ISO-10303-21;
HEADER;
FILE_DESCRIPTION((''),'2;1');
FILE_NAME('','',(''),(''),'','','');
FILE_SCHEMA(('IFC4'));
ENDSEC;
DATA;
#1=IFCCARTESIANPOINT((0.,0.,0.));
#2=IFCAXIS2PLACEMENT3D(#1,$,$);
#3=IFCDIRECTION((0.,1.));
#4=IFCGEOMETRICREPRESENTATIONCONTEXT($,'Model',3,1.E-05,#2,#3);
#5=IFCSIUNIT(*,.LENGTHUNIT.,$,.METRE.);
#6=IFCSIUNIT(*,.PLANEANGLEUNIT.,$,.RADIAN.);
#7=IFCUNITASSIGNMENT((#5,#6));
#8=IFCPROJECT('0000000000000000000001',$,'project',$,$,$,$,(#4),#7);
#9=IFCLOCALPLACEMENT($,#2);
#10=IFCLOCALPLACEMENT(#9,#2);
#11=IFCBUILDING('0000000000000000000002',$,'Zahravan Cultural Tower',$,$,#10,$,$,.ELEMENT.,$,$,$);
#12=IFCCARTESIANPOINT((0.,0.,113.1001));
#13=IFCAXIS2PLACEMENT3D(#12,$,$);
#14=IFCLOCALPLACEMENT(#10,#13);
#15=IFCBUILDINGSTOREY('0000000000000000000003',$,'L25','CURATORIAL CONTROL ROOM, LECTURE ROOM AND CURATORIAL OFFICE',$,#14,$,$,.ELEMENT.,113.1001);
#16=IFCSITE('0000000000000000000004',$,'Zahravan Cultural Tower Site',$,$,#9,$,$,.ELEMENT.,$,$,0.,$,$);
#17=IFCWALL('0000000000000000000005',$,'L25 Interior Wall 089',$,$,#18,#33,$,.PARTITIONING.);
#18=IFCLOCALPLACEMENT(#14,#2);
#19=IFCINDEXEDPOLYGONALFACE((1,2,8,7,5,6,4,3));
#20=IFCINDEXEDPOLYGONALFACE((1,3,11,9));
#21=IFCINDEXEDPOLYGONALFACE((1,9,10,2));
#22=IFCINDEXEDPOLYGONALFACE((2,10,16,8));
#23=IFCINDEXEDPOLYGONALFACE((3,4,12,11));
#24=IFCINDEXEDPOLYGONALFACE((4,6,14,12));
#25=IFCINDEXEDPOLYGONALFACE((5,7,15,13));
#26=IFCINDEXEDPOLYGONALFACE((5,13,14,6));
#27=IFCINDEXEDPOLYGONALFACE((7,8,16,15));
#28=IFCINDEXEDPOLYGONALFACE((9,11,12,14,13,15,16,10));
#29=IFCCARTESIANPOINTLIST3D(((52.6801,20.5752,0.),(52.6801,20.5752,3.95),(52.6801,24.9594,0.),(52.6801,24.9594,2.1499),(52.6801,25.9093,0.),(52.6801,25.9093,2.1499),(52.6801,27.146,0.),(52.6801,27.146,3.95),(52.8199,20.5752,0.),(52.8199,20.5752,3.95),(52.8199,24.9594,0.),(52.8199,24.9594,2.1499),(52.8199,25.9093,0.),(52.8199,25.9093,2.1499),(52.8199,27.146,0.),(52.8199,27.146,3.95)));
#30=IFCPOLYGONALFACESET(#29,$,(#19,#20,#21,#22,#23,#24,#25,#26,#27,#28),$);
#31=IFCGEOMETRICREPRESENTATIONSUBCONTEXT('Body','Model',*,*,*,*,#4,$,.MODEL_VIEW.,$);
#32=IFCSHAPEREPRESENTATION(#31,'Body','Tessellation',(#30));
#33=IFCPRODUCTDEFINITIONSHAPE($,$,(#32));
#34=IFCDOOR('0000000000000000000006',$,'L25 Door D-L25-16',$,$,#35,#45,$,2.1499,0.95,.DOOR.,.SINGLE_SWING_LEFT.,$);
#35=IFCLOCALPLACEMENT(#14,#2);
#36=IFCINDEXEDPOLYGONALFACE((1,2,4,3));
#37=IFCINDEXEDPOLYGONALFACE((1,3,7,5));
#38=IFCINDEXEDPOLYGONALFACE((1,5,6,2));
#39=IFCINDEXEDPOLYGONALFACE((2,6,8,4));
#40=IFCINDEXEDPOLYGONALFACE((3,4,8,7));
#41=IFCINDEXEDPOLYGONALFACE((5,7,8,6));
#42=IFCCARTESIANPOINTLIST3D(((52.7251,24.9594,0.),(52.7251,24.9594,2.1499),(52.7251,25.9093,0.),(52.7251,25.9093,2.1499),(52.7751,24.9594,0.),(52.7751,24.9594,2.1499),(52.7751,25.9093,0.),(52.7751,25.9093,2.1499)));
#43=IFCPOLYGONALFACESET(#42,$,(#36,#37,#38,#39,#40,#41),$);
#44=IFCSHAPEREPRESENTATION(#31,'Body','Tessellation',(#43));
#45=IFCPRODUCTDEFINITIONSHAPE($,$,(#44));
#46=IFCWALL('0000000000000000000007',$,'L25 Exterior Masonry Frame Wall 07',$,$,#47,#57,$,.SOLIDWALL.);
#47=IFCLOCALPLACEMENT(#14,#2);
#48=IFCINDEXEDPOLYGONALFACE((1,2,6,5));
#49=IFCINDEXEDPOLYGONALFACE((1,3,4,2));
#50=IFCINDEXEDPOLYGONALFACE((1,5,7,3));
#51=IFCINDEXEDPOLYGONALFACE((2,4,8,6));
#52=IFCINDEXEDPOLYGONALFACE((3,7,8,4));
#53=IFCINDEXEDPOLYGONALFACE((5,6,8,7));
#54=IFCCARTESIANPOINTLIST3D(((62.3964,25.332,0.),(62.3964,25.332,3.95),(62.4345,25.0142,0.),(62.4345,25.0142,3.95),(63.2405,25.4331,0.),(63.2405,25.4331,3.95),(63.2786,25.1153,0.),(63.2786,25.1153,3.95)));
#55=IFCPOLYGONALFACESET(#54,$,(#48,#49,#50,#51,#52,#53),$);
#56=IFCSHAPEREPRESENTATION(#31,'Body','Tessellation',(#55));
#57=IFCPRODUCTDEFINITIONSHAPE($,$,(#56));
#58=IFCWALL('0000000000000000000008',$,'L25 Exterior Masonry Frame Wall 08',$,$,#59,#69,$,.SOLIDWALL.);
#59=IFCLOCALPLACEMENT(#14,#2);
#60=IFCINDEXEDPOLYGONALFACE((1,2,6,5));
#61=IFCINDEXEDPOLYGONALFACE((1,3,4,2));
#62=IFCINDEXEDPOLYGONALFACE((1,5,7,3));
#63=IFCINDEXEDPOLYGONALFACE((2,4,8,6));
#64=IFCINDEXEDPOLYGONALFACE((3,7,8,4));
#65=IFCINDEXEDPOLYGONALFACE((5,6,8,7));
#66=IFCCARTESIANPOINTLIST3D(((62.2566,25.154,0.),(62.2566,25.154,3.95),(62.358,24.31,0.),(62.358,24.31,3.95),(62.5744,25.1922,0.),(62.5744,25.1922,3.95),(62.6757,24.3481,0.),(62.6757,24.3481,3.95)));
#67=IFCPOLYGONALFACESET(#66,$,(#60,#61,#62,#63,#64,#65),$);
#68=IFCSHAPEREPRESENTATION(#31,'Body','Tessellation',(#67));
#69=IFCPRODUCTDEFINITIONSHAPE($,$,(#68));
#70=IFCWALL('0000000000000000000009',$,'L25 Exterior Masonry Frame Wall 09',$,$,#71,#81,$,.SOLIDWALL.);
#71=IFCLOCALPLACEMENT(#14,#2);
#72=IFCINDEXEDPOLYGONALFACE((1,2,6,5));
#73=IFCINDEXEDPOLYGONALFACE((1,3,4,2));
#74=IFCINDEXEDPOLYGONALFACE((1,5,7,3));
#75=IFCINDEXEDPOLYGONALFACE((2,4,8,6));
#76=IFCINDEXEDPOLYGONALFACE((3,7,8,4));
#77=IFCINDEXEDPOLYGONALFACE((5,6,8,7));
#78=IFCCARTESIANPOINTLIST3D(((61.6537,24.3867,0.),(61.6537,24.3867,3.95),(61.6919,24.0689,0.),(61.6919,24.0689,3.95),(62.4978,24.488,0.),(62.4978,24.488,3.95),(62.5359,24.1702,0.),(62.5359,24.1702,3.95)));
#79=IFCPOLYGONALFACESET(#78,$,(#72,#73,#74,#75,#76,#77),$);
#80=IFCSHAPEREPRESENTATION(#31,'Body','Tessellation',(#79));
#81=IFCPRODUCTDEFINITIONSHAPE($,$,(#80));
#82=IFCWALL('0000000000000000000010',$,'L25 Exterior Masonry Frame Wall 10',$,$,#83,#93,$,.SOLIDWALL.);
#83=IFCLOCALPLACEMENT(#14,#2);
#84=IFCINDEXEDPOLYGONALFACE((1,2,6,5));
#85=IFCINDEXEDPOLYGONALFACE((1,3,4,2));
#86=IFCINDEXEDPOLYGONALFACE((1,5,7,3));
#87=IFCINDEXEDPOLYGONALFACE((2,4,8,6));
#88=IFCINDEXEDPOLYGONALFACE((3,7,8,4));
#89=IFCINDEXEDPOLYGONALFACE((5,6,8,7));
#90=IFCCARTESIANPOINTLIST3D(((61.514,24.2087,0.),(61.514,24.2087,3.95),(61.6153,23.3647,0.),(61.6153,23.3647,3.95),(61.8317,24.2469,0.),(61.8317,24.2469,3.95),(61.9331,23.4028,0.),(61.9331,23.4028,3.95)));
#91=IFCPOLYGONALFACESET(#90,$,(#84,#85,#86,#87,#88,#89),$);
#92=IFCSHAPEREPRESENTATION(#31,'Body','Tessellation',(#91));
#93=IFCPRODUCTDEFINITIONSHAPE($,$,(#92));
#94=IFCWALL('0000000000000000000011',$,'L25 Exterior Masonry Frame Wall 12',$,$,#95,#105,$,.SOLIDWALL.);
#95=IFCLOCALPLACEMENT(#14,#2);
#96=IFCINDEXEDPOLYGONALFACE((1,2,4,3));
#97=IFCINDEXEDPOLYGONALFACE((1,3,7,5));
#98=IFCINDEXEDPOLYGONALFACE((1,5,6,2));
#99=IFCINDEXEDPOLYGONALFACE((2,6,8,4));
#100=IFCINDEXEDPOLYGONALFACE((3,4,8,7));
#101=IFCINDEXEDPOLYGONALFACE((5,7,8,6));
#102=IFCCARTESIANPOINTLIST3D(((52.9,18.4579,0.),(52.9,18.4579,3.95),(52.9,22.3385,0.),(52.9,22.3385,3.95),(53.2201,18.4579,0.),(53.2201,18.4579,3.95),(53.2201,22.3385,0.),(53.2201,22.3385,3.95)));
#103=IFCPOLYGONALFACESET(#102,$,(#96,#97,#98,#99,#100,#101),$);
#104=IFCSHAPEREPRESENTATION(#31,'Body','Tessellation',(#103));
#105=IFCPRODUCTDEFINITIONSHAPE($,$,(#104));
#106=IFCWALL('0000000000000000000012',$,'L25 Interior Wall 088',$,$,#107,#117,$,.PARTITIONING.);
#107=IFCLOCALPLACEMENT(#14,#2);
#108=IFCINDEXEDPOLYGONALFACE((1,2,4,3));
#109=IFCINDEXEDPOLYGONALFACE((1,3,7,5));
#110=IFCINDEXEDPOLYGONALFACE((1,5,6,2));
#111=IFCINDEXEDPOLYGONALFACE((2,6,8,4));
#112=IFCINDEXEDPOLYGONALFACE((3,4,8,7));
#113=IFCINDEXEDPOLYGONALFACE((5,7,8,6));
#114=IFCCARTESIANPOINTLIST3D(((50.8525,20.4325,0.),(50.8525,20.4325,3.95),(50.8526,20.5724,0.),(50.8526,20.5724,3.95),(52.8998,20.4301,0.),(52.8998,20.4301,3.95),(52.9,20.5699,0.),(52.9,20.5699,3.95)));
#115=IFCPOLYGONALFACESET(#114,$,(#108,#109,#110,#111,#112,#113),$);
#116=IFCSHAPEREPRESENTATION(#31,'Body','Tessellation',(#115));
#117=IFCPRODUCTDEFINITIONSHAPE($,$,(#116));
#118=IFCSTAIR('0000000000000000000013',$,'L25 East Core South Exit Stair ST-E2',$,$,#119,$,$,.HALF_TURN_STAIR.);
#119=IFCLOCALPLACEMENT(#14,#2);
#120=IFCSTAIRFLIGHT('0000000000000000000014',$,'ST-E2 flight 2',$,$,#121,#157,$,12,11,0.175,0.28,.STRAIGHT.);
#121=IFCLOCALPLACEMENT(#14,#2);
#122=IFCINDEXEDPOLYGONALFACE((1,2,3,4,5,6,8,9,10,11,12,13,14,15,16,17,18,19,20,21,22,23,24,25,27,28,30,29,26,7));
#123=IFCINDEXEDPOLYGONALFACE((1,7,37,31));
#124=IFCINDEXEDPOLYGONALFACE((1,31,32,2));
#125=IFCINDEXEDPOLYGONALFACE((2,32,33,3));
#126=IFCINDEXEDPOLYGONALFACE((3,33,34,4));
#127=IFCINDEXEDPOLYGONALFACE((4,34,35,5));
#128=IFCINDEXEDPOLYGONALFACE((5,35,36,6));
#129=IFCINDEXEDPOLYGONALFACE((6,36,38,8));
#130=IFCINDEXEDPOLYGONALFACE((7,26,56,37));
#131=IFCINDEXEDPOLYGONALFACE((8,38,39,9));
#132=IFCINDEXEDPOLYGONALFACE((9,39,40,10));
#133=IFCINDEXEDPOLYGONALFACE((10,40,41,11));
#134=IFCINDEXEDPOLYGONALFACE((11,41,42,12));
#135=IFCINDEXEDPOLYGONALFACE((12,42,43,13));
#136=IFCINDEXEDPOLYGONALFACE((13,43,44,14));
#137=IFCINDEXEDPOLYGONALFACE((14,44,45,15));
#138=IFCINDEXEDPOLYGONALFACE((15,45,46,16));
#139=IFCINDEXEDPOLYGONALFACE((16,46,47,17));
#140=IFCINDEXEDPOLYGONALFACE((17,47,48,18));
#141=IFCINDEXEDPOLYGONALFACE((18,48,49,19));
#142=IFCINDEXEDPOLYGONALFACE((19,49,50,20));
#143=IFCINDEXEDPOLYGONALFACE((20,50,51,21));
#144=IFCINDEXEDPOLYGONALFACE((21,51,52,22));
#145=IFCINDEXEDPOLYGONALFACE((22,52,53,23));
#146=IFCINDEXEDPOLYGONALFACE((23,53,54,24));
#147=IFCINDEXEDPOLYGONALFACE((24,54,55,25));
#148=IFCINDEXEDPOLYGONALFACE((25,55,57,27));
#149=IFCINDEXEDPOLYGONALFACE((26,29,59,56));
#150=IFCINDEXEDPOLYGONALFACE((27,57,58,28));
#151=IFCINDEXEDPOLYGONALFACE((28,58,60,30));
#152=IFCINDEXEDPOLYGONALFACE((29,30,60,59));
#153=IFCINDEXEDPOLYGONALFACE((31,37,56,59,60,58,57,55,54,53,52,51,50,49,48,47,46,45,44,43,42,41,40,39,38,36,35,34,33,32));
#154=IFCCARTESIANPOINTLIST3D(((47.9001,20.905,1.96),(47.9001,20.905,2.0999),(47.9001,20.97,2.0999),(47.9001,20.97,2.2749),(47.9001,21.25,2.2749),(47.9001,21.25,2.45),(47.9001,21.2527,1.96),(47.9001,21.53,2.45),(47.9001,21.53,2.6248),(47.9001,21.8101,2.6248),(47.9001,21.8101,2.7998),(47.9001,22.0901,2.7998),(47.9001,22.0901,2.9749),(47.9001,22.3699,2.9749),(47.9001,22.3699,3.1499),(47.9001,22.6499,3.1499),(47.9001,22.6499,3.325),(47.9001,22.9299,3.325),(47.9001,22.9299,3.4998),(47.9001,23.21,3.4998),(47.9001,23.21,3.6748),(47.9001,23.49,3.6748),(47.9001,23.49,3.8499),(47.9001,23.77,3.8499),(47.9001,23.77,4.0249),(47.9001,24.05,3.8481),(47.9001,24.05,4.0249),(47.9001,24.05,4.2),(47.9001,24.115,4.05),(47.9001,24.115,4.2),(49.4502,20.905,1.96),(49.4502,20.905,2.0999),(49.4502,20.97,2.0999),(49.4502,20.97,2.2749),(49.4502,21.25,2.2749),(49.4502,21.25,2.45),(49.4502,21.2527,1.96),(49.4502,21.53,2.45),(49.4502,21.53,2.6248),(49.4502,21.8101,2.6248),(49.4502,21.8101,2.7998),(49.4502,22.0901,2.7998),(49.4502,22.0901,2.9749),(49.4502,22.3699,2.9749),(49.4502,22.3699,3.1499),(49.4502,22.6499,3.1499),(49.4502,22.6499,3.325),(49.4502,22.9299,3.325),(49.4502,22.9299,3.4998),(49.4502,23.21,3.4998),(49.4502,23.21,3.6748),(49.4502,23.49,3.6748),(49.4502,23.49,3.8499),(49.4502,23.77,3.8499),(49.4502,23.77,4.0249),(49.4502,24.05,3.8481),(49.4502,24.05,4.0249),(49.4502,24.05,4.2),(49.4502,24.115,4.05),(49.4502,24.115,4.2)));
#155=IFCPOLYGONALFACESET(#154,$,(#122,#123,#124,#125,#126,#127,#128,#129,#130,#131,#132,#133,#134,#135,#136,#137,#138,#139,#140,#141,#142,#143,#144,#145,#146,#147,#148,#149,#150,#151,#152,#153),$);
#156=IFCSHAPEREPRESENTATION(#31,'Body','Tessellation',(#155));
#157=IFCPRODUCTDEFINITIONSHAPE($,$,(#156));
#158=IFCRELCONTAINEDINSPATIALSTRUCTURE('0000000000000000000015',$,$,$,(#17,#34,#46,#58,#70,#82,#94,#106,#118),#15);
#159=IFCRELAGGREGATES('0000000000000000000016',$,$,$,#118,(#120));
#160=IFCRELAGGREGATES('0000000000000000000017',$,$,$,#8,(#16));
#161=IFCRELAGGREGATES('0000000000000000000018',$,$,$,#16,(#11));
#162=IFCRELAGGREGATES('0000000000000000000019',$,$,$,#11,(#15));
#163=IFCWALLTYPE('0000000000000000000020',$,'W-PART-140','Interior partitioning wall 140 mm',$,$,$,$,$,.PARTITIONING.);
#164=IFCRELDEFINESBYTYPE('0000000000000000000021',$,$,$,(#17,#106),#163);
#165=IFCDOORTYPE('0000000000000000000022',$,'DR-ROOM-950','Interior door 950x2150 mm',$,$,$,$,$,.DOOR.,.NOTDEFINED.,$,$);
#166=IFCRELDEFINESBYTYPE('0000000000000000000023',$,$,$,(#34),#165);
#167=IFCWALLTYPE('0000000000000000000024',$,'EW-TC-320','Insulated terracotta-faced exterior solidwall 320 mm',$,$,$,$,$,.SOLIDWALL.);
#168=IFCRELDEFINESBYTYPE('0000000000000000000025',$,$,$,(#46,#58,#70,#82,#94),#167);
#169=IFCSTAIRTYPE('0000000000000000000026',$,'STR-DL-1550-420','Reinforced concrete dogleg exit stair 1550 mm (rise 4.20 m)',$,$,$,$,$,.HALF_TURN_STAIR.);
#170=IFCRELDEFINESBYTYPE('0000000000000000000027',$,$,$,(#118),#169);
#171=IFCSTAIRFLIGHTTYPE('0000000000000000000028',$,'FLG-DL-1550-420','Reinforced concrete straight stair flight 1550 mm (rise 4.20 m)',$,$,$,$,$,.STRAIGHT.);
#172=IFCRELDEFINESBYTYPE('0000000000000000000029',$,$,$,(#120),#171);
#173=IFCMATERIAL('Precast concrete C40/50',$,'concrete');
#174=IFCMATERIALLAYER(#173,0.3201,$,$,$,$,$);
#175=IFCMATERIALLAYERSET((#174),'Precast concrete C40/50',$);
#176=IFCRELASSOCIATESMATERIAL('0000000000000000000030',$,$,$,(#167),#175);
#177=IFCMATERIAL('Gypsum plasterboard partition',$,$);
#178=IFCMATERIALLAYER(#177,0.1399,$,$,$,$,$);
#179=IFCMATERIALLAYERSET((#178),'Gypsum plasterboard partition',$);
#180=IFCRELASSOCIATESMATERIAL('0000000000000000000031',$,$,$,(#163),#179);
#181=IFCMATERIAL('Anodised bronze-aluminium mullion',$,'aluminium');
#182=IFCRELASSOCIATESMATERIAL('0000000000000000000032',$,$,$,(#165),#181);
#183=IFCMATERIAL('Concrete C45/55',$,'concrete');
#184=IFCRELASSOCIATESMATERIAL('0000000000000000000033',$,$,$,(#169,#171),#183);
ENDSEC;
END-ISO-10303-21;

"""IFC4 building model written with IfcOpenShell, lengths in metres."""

from ifc_helpers import new_model, si_unit, direction, frame, frame_2d, origin, place, context, subcontext, project, spatial, polyline, rectangle, outline, extrude, source, transform, mapped, material, layer, layer_set, type_object, element, fill, aggregate, save


model = new_model("IFC4")

# Units and contexts
model_context = context("Model", 3, precision=1e-05, world=origin(), true_north=direction((0.0, 1.0)))
body_context = subcontext(model_context, "Body", "Model", "MODEL_VIEW")
ifc_project = project(units=[si_unit("LENGTHUNIT", "METRE"), si_unit("PLANEANGLEUNIT", "RADIAN")], contexts=[model_context])

# Site, building, storey
site_placement = place(None, origin())
site = spatial("IfcSite", under=ifc_project, at=site_placement, Name="Zahravan Cultural Tower Site", CompositionType="ELEMENT", RefElevation=0.0)
building_placement = place(site_placement, origin())
building = spatial("IfcBuilding", under=site, at=building_placement, Name="Zahravan Cultural Tower", CompositionType="ELEMENT")
storey_placement = place(building_placement, frame((0.0, 0.0, 113.1001)))
storey = spatial("IfcBuildingStorey", under=building, at=storey_placement, Name="L25", Description="CURATORIAL CONTROL ROOM, LECTURE ROOM AND CURATORIAL OFFICE", CompositionType="ELEMENT", Elevation=113.1001)

# Shared definitions
ifc_material_1 = material(Name="Precast concrete C40/50", Category="concrete")
ifc_layer_1 = layer(ifc_material_1, 0.3201)
ifc_layer_set_1 = layer_set([ifc_layer_1], Name="Precast concrete C40/50")
wall_type_1 = type_object("IfcWallType", Name="EW-TC-320", Description="Insulated terracotta-faced exterior solidwall 320 mm", PredefinedType="SOLIDWALL", material=ifc_layer_set_1)

# Wall, opening, door
ifc_material_2 = material(Name="Gypsum plasterboard partition")
ifc_layer_2 = layer(ifc_material_2, 0.1399)
ifc_layer_set_2 = layer_set([ifc_layer_2], Name="Gypsum plasterboard partition")
wall_type_2 = type_object("IfcWallType", Name="W-PART-140", Description="Interior partitioning wall 140 mm", PredefinedType="PARTITIONING", material=ifc_layer_set_2)
ifc_material_3 = material(Name="Anodised bronze-aluminium mullion", Category="aluminium")
door_type = type_object("IfcDoorType", Name="DR-ROOM-950", Description="Interior door 950x2150 mm", OperationType="NOTDEFINED", PredefinedType="DOOR", material=ifc_material_3)
shared_shape_1 = source(origin(), body_context, "Body", "SweptSolid", [
    extrude(rectangle(XDim=0.95, YDim=2.1499, at=frame_2d((0.4751, 1.075))), frame((0.0, 0.0249, 0.0), z_axis=(0.0, -1.0, 0.0), x_axis=(1.0, 0.0, 0.0)), (0.0, 0.0, 1.0), 0.05),
])
wall_1_placement = place(storey_placement, frame((52.75, 20.5752, 0.0), z_axis=(0.0, 0.0, 1.0), x_axis=(0.0, 1.0, 0.0)))
wall_1 = element("IfcWall", 1, at=wall_1_placement, inside=storey, type_object=wall_type_2, Name="L25 Interior Wall 089", PredefinedType="PARTITIONING", context=body_context, shape_type="SweptSolid", body=[
    extrude(rectangle(XDim=6.5708, YDim=0.1399, at=frame_2d((3.2854, 0.0))), origin(), (0.0, 0.0, 1.0), 3.95),
])
opening_1_placement = place(wall_1_placement, frame((4.384, 0.0, 0.0)))
opening_1 = element("IfcOpeningElement", 2, at=opening_1_placement, cuts=wall_1, PredefinedType="OPENING", context=body_context, shape_type="SweptSolid", body=[
    extrude(rectangle(XDim=0.95, YDim=2.1499, at=frame_2d((0.4751, 1.075))), frame((0.0, 0.0798, 0.0), z_axis=(0.0, -1.0, 0.0), x_axis=(1.0, 0.0, 0.0)), (0.0, 0.0, 1.0), 0.1599),
])
door_1_placement = place(opening_1_placement, origin())
door_1 = element("IfcDoor", 3, at=door_1_placement, inside=storey, type_object=door_type, Name="L25 Door D-L25-16", OperationType="SINGLE_SWING_LEFT", OverallHeight=2.1499, OverallWidth=0.95, PredefinedType="DOOR", context=body_context, shape_type="MappedRepresentation", body=[
    mapped(shared_shape_1, transform((0.0, 0.0, 0.0), x_axis=(1.0, 0.0, 0.0), y_axis=(0.0, 1.0, 0.0), z_axis=(0.0, 0.0, 1.0), scale=1.0)),
])
fill(opening_1, door_1)

# Walls
shared_shape_2 = source(origin(), body_context, "Body", "SweptSolid", [
    extrude(rectangle(XDim=0.8501, YDim=0.3201, at=frame_2d((0.425, 0.0))), origin(), (0.0, 0.0, 1.0), 3.95),
])
for number, where, z_axis, x_axis, name in (
    (4, (63.2595, 25.2742, 0.0), (0.0, 0.0, 1.0), (-0.992905, -0.118907, 0.0), "L25 Exterior Masonry Frame Wall 07"),
    (5, (62.4155, 25.1731, 0.0), (0.0, 0.0, 1.0), (0.119191, -0.992871, 0.0), "L25 Exterior Masonry Frame Wall 08"),
    (6, (62.5168, 24.3291, 0.0), (0.0, 0.0, 1.0), (-0.992871, -0.119191, 0.0), "L25 Exterior Masonry Frame Wall 09"),
    (7, (61.6729, 24.2278, 0.0), (0.0, 0.0, 1.0), (0.119191, -0.992871, 0.0), "L25 Exterior Masonry Frame Wall 10"),
):
    element("IfcWall", number, at=place(storey_placement, frame(where, z_axis=z_axis, x_axis=x_axis)), inside=storey, type_object=wall_type_1, Name=name, PredefinedType="SOLIDWALL", context=body_context, shape_type="MappedRepresentation", body=[
        mapped(shared_shape_2, transform((0.0, 0.0, 0.0), x_axis=(1.0, 0.0, 0.0), y_axis=(0.0, 1.0, 0.0), z_axis=(0.0, 0.0, 1.0), scale=1.0)),
    ])
shared_shape_3 = source(origin(), body_context, "Body", "SweptSolid", [
    extrude(rectangle(XDim=3.8806, YDim=0.3201, at=frame_2d((1.9404, 0.0))), origin(), (0.0, 0.0, 1.0), 3.95),
])
wall_2_placement = place(storey_placement, frame((53.0601, 22.3386, 0.0), z_axis=(0.0, 0.0, 1.0), x_axis=(0.0, -1.0, 0.0)))
element("IfcWall", 8, at=wall_2_placement, inside=storey, type_object=wall_type_1, Name="L25 Exterior Masonry Frame Wall 12", PredefinedType="SOLIDWALL", context=body_context, shape_type="MappedRepresentation", body=[
    mapped(shared_shape_3, transform((0.0, 0.0, 0.0), x_axis=(1.0, 0.0, 0.0), y_axis=(0.0, 1.0, 0.0), z_axis=(0.0, 0.0, 1.0), scale=1.0)),
])
shared_shape_4 = source(origin(), body_context, "Body", "SweptSolid", [
    extrude(rectangle(XDim=2.0474, YDim=0.1399, at=frame_2d((1.0237, 0.0))), origin(), (0.0, 0.0, 1.0), 3.95),
])
wall_3_placement = place(storey_placement, frame((50.8525, 20.5024, 0.0), z_axis=(0.0, 0.0, 1.0), x_axis=(0.999999, -0.001192, 0.0)))
element("IfcWall", 9, at=wall_3_placement, inside=storey, type_object=wall_type_2, Name="L25 Interior Wall 088", PredefinedType="PARTITIONING", context=body_context, shape_type="MappedRepresentation", body=[
    mapped(shared_shape_4, transform((0.0, 0.0, 0.0), x_axis=(1.0, 0.0, 0.0), y_axis=(0.0, 1.0, 0.0), z_axis=(0.0, 0.0, 1.0), scale=1.0)),
])

# Stair, stair flight
ifc_material_4 = material(Name="Concrete C45/55", Category="concrete")
stair_type = type_object("IfcStairType", Name="STR-DL-1550-420", Description="Reinforced concrete dogleg exit stair 1550 mm (rise 4.20 m)", PredefinedType="HALF_TURN_STAIR", material=ifc_material_4)
stair_placement = place(storey_placement, origin())
stair = element("IfcStair", 10, at=stair_placement, inside=storey, type_object=stair_type, Name="L25 East Core South Exit Stair ST-E2", PredefinedType="HALF_TURN_STAIR")
stair_flight_type = type_object("IfcStairFlightType", Name="FLG-DL-1550-420", Description="Reinforced concrete straight stair flight 1550 mm (rise 4.20 m)", PredefinedType="STRAIGHT", material=ifc_material_4)
stair_flight_placement = place(storey_placement, frame((48.675, 20.97, 2.0999), z_axis=(0.0, 0.0, 1.0), x_axis=(0.0, 1.0, 0.0)))
stair_flight = element("IfcStairFlight", 11, at=stair_flight_placement, type_object=stair_flight_type, Name="ST-E2 flight 2", NumberOfRisers=12, NumberOfTreads=11, PredefinedType="STRAIGHT", RiserHeight=0.175, TreadLength=0.28, context=body_context, shape_type="SweptSolid", body=[
    extrude(outline(polyline([(-0.0649, -0.1399), (-0.0649, 0.0), (0.0, 0.0), (0.0, 0.175), (0.28, 0.175), (0.28, 0.3501), (0.5601, 0.3501), (0.5601, 0.5249), (0.8401, 0.5249), (0.8401, 0.7), (1.1201, 0.7), (1.1201, 0.875), (1.3999, 0.875), (1.3999, 1.05), (1.6799, 1.05), (1.6799, 1.2251), (1.96, 1.2251), (1.96, 1.3999), (2.24, 1.3999), (2.24, 1.575), (2.52, 1.575), (2.52, 1.75), (2.8, 1.75), (2.8, 1.925), (3.0801, 1.925), (3.0801, 2.1001), (3.145, 2.1001), (3.145, 1.9502), (3.0801, 1.7483), (0.2827, -0.1399), (-0.0649, -0.1399)])), frame((0.0, 0.7749, 0.0), z_axis=(0.0, -1.0, 0.0), x_axis=(1.0, 0.0, 0.0)), (0.0, 0.0, 1.0), 1.55),
])
aggregate(stair, [stair_flight])

save(model, "model.ifc")
